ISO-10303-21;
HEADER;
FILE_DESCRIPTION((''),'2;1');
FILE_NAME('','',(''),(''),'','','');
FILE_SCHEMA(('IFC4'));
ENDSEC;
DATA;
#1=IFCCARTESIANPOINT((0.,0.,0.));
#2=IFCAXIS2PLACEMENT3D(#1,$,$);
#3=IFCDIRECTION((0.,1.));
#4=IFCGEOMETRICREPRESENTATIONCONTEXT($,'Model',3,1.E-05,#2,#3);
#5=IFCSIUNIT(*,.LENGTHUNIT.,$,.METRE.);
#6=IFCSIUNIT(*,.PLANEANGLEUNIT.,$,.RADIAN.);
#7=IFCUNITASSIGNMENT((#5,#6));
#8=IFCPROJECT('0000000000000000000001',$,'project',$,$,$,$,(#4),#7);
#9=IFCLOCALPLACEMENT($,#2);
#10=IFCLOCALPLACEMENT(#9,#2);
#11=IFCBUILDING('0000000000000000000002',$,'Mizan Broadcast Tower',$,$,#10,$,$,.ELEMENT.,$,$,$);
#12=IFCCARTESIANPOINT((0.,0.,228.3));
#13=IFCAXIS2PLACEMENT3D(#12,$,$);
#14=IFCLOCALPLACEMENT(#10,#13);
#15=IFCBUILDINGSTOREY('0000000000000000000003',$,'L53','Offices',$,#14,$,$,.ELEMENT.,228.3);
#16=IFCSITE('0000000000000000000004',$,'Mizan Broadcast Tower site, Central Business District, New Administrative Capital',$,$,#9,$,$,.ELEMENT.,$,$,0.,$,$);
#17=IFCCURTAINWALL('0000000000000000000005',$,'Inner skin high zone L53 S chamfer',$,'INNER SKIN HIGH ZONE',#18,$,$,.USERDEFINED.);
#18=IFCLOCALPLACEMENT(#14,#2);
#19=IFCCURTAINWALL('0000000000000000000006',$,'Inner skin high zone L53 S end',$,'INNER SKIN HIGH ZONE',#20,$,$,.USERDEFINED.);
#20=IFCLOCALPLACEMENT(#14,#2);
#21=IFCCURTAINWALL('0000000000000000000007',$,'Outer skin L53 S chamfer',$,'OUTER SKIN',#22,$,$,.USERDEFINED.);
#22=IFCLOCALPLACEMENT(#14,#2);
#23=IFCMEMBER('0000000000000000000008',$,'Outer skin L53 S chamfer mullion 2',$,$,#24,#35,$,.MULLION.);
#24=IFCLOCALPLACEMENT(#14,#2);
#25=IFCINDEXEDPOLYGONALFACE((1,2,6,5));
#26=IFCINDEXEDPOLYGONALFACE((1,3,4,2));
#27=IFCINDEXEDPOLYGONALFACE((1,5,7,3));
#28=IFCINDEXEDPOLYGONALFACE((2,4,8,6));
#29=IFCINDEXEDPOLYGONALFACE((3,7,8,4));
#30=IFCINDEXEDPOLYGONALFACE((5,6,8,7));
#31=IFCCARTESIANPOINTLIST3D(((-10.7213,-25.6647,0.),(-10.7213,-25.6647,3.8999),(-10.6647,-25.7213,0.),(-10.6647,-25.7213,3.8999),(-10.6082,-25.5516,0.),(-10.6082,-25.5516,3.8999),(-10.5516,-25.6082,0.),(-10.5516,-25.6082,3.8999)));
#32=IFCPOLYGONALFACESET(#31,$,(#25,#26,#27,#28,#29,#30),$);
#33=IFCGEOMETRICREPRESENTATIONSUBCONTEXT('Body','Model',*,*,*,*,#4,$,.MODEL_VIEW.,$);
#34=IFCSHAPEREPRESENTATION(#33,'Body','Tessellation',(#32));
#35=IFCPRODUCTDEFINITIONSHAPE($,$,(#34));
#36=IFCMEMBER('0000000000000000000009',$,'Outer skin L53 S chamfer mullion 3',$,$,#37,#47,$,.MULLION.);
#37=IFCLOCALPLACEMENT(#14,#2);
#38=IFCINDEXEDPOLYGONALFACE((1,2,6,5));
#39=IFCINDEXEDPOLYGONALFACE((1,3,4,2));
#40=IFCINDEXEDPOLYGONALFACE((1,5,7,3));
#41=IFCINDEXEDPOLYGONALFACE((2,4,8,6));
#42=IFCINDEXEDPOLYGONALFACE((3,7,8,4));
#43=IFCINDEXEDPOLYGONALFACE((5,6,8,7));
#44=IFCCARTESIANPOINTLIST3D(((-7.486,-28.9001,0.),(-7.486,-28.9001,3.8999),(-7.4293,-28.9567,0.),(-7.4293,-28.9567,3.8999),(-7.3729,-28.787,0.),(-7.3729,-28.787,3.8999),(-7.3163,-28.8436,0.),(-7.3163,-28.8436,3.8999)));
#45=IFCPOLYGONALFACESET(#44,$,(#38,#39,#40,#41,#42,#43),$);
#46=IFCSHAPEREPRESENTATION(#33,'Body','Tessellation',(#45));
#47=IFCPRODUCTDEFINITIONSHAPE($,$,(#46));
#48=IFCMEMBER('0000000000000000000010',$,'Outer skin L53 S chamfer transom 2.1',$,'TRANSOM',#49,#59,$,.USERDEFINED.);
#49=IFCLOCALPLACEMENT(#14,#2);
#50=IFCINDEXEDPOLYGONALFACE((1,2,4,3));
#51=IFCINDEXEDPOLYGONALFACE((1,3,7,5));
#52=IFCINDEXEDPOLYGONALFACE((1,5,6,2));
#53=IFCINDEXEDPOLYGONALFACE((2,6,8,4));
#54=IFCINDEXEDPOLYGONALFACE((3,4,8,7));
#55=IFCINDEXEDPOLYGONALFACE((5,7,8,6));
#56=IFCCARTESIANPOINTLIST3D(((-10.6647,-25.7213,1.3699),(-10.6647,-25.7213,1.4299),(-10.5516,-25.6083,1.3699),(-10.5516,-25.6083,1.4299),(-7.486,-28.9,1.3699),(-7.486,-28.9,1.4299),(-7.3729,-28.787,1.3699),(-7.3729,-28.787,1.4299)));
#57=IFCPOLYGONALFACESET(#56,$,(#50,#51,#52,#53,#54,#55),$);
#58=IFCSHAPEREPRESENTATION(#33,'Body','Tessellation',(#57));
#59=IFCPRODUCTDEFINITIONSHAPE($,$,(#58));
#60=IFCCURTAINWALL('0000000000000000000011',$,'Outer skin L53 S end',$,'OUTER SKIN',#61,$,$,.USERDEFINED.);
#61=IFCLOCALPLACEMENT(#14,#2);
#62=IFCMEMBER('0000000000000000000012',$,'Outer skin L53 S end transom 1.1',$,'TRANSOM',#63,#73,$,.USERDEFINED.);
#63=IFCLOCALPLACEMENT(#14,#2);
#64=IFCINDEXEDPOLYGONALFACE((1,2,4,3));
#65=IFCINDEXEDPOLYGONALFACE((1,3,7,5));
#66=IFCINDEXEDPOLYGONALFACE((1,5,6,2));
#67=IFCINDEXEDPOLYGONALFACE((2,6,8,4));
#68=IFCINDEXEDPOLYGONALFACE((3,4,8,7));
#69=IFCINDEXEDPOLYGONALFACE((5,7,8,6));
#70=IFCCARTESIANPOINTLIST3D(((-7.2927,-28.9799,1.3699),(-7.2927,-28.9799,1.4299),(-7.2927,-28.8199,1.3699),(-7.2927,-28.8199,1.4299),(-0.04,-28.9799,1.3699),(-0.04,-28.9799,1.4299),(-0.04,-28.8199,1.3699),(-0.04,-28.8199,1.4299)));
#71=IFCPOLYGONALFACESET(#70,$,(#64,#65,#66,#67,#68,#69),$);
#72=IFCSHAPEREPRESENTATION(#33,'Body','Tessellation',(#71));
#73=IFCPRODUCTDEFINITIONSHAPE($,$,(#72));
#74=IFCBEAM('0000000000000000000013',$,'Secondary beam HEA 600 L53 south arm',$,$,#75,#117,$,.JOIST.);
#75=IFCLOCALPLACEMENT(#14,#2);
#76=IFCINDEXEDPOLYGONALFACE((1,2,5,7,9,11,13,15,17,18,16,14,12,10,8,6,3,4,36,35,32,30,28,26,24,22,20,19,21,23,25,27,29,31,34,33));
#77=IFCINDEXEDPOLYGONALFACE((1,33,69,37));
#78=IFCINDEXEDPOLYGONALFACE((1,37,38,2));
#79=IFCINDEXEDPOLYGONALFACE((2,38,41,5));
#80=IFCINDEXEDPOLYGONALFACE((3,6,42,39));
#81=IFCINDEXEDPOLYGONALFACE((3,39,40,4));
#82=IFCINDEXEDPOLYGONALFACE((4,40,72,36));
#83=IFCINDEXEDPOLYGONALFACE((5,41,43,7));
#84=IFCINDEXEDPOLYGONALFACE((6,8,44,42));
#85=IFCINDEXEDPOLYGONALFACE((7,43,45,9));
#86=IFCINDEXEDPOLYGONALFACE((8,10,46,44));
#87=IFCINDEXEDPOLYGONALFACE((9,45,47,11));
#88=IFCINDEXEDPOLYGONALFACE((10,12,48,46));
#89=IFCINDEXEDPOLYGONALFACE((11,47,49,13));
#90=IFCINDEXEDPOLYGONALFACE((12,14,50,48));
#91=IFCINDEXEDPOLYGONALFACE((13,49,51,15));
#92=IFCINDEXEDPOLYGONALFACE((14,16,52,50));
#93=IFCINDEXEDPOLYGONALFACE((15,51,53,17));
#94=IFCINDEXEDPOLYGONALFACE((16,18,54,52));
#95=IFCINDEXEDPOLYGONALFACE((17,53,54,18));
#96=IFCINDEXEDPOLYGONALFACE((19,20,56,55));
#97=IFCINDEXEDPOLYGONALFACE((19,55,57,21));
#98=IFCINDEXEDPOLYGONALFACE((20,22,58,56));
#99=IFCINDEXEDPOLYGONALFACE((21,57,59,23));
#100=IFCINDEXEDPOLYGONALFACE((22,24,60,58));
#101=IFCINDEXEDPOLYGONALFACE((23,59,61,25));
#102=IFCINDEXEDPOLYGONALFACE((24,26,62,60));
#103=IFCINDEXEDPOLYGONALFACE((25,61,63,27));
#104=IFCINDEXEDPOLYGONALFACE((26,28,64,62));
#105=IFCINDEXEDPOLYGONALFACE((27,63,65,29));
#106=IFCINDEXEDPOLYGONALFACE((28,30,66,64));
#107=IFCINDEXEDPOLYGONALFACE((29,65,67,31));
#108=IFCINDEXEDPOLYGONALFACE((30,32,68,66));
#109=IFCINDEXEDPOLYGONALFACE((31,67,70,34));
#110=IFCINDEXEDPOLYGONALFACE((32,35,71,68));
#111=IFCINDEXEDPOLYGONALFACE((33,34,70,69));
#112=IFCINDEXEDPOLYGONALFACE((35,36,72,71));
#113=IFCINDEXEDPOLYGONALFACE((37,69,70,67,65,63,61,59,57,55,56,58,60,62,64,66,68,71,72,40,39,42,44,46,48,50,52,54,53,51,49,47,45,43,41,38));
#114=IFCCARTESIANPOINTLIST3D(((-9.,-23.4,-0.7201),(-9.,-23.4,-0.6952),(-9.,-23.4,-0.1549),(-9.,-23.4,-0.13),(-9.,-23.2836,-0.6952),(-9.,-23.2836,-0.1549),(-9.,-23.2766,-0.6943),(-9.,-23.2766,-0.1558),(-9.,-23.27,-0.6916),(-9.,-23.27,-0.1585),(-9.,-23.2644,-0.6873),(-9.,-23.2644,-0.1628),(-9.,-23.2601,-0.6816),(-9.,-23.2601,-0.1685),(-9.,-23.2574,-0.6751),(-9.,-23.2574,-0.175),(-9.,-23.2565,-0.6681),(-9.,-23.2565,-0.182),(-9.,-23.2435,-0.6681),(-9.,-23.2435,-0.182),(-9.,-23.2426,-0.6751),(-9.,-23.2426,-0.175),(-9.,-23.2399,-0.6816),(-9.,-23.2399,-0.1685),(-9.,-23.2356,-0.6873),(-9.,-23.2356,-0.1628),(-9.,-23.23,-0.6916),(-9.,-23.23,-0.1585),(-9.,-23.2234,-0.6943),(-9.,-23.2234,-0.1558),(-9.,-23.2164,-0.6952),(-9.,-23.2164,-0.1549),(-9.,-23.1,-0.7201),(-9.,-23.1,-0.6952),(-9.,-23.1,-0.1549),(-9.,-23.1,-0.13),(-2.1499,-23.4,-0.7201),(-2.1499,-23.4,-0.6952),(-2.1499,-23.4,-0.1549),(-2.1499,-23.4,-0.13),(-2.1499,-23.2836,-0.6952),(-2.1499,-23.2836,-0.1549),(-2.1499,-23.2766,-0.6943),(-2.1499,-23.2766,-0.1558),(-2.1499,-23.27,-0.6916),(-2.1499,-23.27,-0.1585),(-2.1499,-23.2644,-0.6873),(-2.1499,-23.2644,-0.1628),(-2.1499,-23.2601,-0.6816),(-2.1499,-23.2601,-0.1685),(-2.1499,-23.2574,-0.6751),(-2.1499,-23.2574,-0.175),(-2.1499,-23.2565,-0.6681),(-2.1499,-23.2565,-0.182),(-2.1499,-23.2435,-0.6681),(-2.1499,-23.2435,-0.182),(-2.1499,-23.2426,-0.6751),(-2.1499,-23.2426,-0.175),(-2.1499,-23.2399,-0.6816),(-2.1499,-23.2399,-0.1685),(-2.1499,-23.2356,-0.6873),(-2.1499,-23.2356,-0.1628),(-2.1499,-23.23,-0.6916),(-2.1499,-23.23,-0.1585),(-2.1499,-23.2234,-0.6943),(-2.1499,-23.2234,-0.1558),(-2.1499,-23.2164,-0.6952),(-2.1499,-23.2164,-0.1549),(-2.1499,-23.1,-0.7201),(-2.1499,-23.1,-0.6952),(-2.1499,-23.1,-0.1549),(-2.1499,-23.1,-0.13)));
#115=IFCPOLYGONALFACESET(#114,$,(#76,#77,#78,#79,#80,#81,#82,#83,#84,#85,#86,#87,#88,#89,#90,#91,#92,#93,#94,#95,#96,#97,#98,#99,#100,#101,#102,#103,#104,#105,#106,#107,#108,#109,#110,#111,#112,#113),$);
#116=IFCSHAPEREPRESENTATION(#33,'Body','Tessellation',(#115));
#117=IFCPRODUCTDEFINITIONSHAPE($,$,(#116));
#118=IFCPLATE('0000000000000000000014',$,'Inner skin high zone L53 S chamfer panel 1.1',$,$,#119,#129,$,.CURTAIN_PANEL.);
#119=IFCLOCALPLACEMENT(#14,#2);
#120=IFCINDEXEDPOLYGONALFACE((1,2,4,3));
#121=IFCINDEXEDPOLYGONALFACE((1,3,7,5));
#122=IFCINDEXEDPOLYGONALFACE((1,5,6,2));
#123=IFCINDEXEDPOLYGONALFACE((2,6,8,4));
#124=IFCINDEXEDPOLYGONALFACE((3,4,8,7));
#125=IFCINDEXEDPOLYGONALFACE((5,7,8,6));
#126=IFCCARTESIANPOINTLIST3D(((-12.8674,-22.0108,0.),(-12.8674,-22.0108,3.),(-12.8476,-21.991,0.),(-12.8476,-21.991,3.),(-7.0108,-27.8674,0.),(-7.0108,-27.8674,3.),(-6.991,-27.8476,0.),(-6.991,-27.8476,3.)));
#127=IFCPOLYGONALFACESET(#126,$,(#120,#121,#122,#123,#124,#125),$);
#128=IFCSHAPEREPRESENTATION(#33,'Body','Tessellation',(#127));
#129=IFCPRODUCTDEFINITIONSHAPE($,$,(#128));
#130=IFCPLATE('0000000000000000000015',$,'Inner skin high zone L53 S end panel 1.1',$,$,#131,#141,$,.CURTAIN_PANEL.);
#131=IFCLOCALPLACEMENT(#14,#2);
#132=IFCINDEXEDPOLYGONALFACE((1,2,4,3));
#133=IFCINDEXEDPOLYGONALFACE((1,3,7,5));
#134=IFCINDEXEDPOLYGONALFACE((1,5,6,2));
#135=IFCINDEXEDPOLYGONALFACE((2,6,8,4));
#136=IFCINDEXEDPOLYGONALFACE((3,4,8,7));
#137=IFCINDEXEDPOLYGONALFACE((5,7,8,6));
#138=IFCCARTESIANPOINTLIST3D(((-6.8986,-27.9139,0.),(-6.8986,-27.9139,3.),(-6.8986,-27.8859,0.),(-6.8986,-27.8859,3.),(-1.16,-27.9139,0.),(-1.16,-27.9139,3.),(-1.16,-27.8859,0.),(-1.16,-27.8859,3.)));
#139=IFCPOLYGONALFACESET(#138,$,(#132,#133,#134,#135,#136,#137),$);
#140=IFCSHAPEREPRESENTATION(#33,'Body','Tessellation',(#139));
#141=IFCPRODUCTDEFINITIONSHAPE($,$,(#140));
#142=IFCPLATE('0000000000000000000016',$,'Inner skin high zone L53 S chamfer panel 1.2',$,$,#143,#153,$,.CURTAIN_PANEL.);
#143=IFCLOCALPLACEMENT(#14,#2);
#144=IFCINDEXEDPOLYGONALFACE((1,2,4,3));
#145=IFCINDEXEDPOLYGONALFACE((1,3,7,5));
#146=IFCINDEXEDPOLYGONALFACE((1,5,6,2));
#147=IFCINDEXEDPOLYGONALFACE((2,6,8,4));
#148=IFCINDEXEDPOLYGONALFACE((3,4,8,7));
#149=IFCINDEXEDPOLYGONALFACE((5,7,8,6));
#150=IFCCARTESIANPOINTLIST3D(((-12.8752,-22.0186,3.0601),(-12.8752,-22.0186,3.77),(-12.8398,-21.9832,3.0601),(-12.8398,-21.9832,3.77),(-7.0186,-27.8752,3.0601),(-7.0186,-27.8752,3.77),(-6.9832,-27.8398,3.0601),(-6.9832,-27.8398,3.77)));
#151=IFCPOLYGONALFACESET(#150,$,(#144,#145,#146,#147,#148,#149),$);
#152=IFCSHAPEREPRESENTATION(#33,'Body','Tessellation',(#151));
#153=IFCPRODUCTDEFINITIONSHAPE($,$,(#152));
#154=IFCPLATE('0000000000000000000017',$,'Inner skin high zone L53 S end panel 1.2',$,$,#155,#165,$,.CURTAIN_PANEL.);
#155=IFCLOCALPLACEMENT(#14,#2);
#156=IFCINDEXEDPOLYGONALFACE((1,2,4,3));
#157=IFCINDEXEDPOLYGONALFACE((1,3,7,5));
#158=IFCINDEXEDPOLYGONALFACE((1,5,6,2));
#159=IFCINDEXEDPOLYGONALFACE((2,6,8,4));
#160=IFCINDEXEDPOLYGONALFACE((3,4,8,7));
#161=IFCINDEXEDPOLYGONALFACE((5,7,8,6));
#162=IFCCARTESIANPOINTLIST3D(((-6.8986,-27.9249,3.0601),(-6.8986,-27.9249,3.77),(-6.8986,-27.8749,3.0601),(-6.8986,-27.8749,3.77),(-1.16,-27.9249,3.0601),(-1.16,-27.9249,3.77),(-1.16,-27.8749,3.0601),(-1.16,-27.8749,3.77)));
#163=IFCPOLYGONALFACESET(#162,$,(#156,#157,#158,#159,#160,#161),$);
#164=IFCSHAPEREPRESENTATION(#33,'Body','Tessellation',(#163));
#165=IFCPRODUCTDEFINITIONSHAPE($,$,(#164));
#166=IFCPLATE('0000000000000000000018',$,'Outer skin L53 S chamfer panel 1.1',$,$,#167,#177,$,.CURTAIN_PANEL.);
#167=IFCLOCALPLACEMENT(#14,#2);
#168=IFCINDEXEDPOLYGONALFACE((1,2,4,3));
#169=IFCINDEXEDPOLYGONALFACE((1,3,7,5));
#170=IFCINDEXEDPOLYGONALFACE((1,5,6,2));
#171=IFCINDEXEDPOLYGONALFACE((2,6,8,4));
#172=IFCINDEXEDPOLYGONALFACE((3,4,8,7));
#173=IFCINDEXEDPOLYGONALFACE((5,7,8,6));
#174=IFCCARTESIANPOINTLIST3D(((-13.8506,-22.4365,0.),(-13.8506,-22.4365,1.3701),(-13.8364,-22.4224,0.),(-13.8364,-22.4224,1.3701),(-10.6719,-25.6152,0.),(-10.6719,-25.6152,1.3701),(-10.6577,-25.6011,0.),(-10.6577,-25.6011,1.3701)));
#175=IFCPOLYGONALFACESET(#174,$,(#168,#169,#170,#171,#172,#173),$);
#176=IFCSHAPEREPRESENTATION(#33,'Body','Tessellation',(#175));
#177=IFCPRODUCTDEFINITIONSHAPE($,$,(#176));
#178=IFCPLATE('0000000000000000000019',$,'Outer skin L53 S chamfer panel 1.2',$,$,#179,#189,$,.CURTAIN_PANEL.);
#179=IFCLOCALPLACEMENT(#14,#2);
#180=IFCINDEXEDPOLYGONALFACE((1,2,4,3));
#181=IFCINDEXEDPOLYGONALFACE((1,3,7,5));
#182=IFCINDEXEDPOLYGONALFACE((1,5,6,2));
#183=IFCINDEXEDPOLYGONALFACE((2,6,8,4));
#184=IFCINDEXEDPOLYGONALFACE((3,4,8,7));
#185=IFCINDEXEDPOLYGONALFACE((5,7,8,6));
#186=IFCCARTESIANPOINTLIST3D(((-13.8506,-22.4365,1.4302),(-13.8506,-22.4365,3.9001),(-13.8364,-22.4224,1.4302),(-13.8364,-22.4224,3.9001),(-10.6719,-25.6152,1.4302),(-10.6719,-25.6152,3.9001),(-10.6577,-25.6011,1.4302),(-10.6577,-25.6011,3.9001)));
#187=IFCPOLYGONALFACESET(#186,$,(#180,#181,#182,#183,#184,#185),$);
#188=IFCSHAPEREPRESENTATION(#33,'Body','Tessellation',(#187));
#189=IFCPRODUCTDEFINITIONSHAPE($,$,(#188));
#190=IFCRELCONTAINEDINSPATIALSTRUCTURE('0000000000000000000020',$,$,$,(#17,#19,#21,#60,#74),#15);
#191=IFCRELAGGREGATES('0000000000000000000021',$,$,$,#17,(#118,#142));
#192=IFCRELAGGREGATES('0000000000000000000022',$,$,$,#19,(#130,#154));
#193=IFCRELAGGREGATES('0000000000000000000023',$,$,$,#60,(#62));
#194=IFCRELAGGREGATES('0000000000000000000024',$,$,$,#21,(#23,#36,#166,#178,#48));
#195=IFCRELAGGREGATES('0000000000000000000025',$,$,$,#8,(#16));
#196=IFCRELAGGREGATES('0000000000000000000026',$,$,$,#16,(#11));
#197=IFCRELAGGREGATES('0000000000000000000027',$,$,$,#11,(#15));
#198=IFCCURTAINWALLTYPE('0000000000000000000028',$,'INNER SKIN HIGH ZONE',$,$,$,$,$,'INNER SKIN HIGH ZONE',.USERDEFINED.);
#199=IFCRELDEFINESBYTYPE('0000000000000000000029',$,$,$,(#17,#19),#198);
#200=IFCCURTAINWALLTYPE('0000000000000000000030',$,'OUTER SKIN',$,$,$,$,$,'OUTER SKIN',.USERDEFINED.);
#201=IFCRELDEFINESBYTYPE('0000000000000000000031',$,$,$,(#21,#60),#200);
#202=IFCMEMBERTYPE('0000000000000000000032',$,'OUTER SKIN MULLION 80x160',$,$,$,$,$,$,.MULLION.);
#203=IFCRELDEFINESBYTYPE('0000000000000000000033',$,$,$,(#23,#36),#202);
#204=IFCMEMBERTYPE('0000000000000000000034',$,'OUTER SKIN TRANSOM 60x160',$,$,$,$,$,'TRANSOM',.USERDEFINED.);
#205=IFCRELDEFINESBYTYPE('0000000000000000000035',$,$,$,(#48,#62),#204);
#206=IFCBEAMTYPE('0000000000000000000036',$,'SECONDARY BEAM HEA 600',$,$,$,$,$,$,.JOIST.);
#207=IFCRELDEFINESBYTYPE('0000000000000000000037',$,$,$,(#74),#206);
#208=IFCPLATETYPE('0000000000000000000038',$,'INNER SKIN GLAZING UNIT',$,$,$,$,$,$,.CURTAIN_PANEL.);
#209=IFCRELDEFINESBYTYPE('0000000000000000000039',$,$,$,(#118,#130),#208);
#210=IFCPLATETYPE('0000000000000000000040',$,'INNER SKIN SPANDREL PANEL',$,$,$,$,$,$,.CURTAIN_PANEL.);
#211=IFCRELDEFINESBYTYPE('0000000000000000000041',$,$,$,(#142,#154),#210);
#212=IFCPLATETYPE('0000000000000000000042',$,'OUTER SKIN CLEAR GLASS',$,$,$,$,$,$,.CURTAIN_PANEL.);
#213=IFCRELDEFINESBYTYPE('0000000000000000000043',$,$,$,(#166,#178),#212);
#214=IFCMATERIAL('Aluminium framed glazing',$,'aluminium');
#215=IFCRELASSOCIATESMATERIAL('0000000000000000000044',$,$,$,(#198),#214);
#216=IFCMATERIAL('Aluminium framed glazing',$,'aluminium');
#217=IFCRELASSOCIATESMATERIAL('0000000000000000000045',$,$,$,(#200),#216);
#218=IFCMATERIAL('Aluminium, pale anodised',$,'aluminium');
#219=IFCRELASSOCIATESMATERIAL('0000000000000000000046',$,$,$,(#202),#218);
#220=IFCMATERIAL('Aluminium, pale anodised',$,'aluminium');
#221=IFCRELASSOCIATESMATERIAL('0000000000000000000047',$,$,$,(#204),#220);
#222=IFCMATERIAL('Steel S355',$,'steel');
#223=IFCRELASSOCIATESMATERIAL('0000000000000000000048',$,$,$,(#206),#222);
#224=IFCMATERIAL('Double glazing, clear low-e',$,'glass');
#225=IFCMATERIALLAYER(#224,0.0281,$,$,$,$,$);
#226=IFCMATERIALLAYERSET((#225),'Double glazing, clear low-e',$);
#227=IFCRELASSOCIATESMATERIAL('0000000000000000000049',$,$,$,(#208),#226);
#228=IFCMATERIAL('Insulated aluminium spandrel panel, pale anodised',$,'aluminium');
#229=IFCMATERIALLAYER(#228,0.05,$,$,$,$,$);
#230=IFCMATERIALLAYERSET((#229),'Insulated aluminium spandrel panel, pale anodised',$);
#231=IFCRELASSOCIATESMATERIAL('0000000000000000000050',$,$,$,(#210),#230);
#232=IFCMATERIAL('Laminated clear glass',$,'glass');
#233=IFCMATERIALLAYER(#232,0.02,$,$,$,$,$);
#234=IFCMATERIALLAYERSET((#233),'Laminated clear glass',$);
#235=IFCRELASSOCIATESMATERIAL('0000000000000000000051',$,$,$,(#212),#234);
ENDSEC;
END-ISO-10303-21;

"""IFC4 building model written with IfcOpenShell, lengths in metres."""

from ifc_helpers import new_model, si_unit, direction, frame, origin, origin_2d, place, context, subcontext, project, spatial, rectangle, i_section, extrude, material, layer, layer_set, material_profile, profile_set, type_object, element, aggregate, save


model = new_model("IFC4")

# Units and contexts
model_context = context("Model", 3, precision=1e-05, world=origin(), true_north=direction((0.0, 1.0)))
body_context = subcontext(model_context, "Body", "Model", "MODEL_VIEW")
ifc_project = project(units=[si_unit("LENGTHUNIT", "METRE"), si_unit("PLANEANGLEUNIT", "RADIAN")], contexts=[model_context])

# Site, building, storey
site_placement = place(None, origin())
site = spatial("IfcSite", under=ifc_project, at=site_placement, Name="Mizan Broadcast Tower site, Central Business District, New Administrative Capital", CompositionType="ELEMENT", RefElevation=0.0)
building_placement = place(site_placement, origin())
building = spatial("IfcBuilding", under=site, at=building_placement, Name="Mizan Broadcast Tower", CompositionType="ELEMENT")
storey_placement = place(building_placement, frame((0.0, 0.0, 228.3)))
storey = spatial("IfcBuildingStorey", under=building, at=storey_placement, Name="L53", Description="Offices", CompositionType="ELEMENT", Elevation=228.3)

# Curtain walls
ifc_material_1 = material(Name="Aluminium framed glazing", Category="aluminium")
curtain_wall_type_1 = type_object("IfcCurtainWallType", Name="INNER SKIN HIGH ZONE", ElementType="INNER SKIN HIGH ZONE", PredefinedType="USERDEFINED", material=ifc_material_1)
curtain_wall_1_placement = place(storey_placement, origin())
curtain_wall_1 = element("IfcCurtainWall", 1, at=curtain_wall_1_placement, inside=storey, type_object=curtain_wall_type_1, Name="Inner skin high zone L53 S chamfer", ObjectType="INNER SKIN HIGH ZONE", PredefinedType="USERDEFINED")
curtain_wall_2_placement = place(storey_placement, origin())
curtain_wall_2 = element("IfcCurtainWall", 2, at=curtain_wall_2_placement, inside=storey, type_object=curtain_wall_type_1, Name="Inner skin high zone L53 S end", ObjectType="INNER SKIN HIGH ZONE", PredefinedType="USERDEFINED")

# Curtain wall, members
ifc_material_2 = material(Name="Aluminium framed glazing", Category="aluminium")
curtain_wall_type_2 = type_object("IfcCurtainWallType", Name="OUTER SKIN", ElementType="OUTER SKIN", PredefinedType="USERDEFINED", material=ifc_material_2)
curtain_wall_3_placement = place(storey_placement, origin())
curtain_wall_3 = element("IfcCurtainWall", 3, at=curtain_wall_3_placement, inside=storey, type_object=curtain_wall_type_2, Name="Outer skin L53 S chamfer", ObjectType="OUTER SKIN", PredefinedType="USERDEFINED")
ifc_material_3 = material(Name="Aluminium, pale anodised", Category="aluminium")
ifc_material_profile_1 = material_profile(ifc_material_3, rectangle(XDim=0.1599, YDim=0.0801, at=origin_2d()), Name="MULLION 160x80")
ifc_profile_set_1 = profile_set([ifc_material_profile_1], Name="Aluminium, pale anodised")
member_type_1 = type_object("IfcMemberType", Name="OUTER SKIN MULLION 80x160", PredefinedType="MULLION", material=ifc_profile_set_1)
member_1_placement = place(storey_placement, frame((-10.6365, -25.6365, 0.0), z_axis=(0.0, 0.0, 1.0), x_axis=(0.707107, 0.707107, 0.0)))
member_1 = element("IfcMember", 4, at=member_1_placement, type_object=member_type_1, Name="Outer skin L53 S chamfer mullion 2", PredefinedType="MULLION", context=body_context, shape_type="SweptSolid", body=[
    extrude(rectangle(XDim=0.1599, YDim=0.0801, at=origin_2d()), origin(), (0.0, 0.0, 1.0), 3.8999),
])
member_2_placement = place(storey_placement, frame((-7.4011, -28.8718, 0.0), z_axis=(0.0, 0.0, 1.0), x_axis=(0.707107, 0.707107, 0.0)))
member_2 = element("IfcMember", 5, at=member_2_placement, type_object=member_type_1, Name="Outer skin L53 S chamfer mullion 3", PredefinedType="MULLION", context=body_context, shape_type="SweptSolid", body=[
    extrude(rectangle(XDim=0.1599, YDim=0.0801, at=origin_2d()), origin(), (0.0, 0.0, 1.0), 3.8999),
])
ifc_material_4 = material(Name="Aluminium, pale anodised", Category="aluminium")
ifc_material_profile_2 = material_profile(ifc_material_4, rectangle(XDim=0.1599, YDim=0.0601, at=origin_2d()), Name="TRANSOM 160x60")
ifc_profile_set_2 = profile_set([ifc_material_profile_2], Name="Aluminium, pale anodised")
member_type_2 = type_object("IfcMemberType", Name="OUTER SKIN TRANSOM 60x160", ElementType="TRANSOM", PredefinedType="USERDEFINED", material=ifc_profile_set_2)
member_3_placement = place(storey_placement, frame((-10.6082, -25.6648, 1.3999), z_axis=(0.707107, -0.707107, 0.0), x_axis=(0.707107, 0.707107, 0.0)))
member_3 = element("IfcMember", 6, at=member_3_placement, type_object=member_type_2, Name="Outer skin L53 S chamfer transom 2.1", ObjectType="TRANSOM", PredefinedType="USERDEFINED", context=body_context, shape_type="SweptSolid", body=[
    extrude(rectangle(XDim=0.1599, YDim=0.0601, at=origin_2d()), origin(), (0.0, 0.0, 1.0), 4.4954),
])

# Curtain wall, member
curtain_wall_4_placement = place(storey_placement, origin())
curtain_wall_4 = element("IfcCurtainWall", 7, at=curtain_wall_4_placement, inside=storey, type_object=curtain_wall_type_2, Name="Outer skin L53 S end", ObjectType="OUTER SKIN", PredefinedType="USERDEFINED")
member_4_placement = place(storey_placement, frame((-7.2927, -28.8999, 1.3999), z_axis=(1.0, 0.0, 0.0), x_axis=(0.0, 1.0, 0.0)))
member_4 = element("IfcMember", 8, at=member_4_placement, type_object=member_type_2, Name="Outer skin L53 S end transom 1.1", ObjectType="TRANSOM", PredefinedType="USERDEFINED", context=body_context, shape_type="SweptSolid", body=[
    extrude(rectangle(XDim=0.1599, YDim=0.0601, at=origin_2d()), origin(), (0.0, 0.0, 1.0), 7.2527),
])

# Beam
ifc_material_5 = material(Name="Steel S355", Category="steel")
ifc_material_profile_3 = material_profile(ifc_material_5, i_section(OverallWidth=0.3, OverallDepth=0.5901, WebThickness=0.0129, FlangeThickness=0.0249, FilletRadius=0.0271, at=origin_2d()), Name="HEA 600")
ifc_profile_set_3 = profile_set([ifc_material_profile_3], Name="Steel S355")
beam_type_1 = type_object("IfcBeamType", Name="SECONDARY BEAM HEA 600", PredefinedType="JOIST", material=ifc_profile_set_3)
beam_1_placement = place(storey_placement, frame((-9.0, -23.25, -0.425), z_axis=(1.0, 0.0, 0.0), x_axis=(0.0, 1.0, 0.0)))
element("IfcBeam", 9, at=beam_1_placement, inside=storey, type_object=beam_type_1, Name="Secondary beam HEA 600 L53 south arm", PredefinedType="JOIST", context=body_context, shape_type="SweptSolid", body=[
    extrude(i_section(OverallWidth=0.3, OverallDepth=0.5901, WebThickness=0.0129, FlangeThickness=0.0249, FilletRadius=0.0271, at=origin_2d()), origin(), (0.0, 0.0, 1.0), 6.8501),
])

# Plates
ifc_material_6 = material(Name="Double glazing, clear low-e", Category="glass")
ifc_layer_1 = layer(ifc_material_6, 0.0281)
ifc_layer_set_1 = layer_set([ifc_layer_1], Name="Double glazing, clear low-e")
plate_type_1 = type_object("IfcPlateType", Name="INNER SKIN GLAZING UNIT", PredefinedType="CURTAIN_PANEL", material=ifc_layer_set_1)
plate_1_placement = place(storey_placement, frame((-9.9292, -24.9292, 0.0), z_axis=(0.0, 0.0, 1.0), x_axis=(0.707107, -0.707107, 0.0)))
plate_1 = element("IfcPlate", 10, at=plate_1_placement, type_object=plate_type_1, Name="Inner skin high zone L53 S chamfer panel 1.1", PredefinedType="CURTAIN_PANEL", context=body_context, shape_type="SweptSolid", body=[
    extrude(rectangle(XDim=8.2825, YDim=0.0281, at=origin_2d()), origin(), (0.0, 0.0, 1.0), 3.0),
])
plate_2_placement = place(storey_placement, frame((-4.0293, -27.8999, 0.0), z_axis=(0.0, 0.0, 1.0), x_axis=(1.0, 0.0, 0.0)))
plate_2 = element("IfcPlate", 11, at=plate_2_placement, type_object=plate_type_1, Name="Inner skin high zone L53 S end panel 1.1", PredefinedType="CURTAIN_PANEL", context=body_context, shape_type="SweptSolid", body=[
    extrude(rectangle(XDim=5.7385, YDim=0.0281, at=origin_2d()), origin(), (0.0, 0.0, 1.0), 3.0),
])
ifc_material_7 = material(Name="Insulated aluminium spandrel panel, pale anodised", Category="aluminium")
ifc_layer_2 = layer(ifc_material_7, 0.05)
ifc_layer_set_2 = layer_set([ifc_layer_2], Name="Insulated aluminium spandrel panel, pale anodised")
plate_type_2 = type_object("IfcPlateType", Name="INNER SKIN SPANDREL PANEL", PredefinedType="CURTAIN_PANEL", material=ifc_layer_set_2)
plate_3_placement = place(storey_placement, frame((-9.9292, -24.9292, 3.0601), z_axis=(0.0, 0.0, 1.0), x_axis=(0.707107, -0.707107, 0.0)))
plate_3 = element("IfcPlate", 12, at=plate_3_placement, type_object=plate_type_2, Name="Inner skin high zone L53 S chamfer panel 1.2", PredefinedType="CURTAIN_PANEL", context=body_context, shape_type="SweptSolid", body=[
    extrude(rectangle(XDim=8.2825, YDim=0.05, at=origin_2d()), origin(), (0.0, 0.0, 1.0), 0.71),
])
aggregate(curtain_wall_1, [plate_1, plate_3])
plate_4_placement = place(storey_placement, frame((-4.0293, -27.8999, 3.0601), z_axis=(0.0, 0.0, 1.0), x_axis=(1.0, 0.0, 0.0)))
plate_4 = element("IfcPlate", 13, at=plate_4_placement, type_object=plate_type_2, Name="Inner skin high zone L53 S end panel 1.2", PredefinedType="CURTAIN_PANEL", context=body_context, shape_type="SweptSolid", body=[
    extrude(rectangle(XDim=5.7385, YDim=0.05, at=origin_2d()), origin(), (0.0, 0.0, 1.0), 0.71),
])
aggregate(curtain_wall_2, [plate_2, plate_4])
ifc_material_8 = material(Name="Laminated clear glass", Category="glass")
ifc_layer_3 = layer(ifc_material_8, 0.02)
ifc_layer_set_3 = layer_set([ifc_layer_3], Name="Laminated clear glass")
plate_type_3 = type_object("IfcPlateType", Name="OUTER SKIN CLEAR GLASS", PredefinedType="CURTAIN_PANEL", material=ifc_layer_set_3)
plate_5_placement = place(storey_placement, frame((-12.2542, -24.0188, 0.0), z_axis=(0.0, 0.0, 1.0), x_axis=(0.707107, -0.707107, 0.0)))
plate_5 = element("IfcPlate", 14, at=plate_5_placement, type_object=plate_type_3, Name="Outer skin L53 S chamfer panel 1.1", PredefinedType="CURTAIN_PANEL", context=body_context, shape_type="SweptSolid", body=[
    extrude(rectangle(XDim=4.4954, YDim=0.02, at=origin_2d()), origin(), (0.0, 0.0, 1.0), 1.3701),
])
plate_6_placement = place(storey_placement, frame((-12.2542, -24.0188, 1.4302), z_axis=(0.0, 0.0, 1.0), x_axis=(0.707107, -0.707107, 0.0)))
plate_6 = element("IfcPlate", 15, at=plate_6_placement, type_object=plate_type_3, Name="Outer skin L53 S chamfer panel 1.2", PredefinedType="CURTAIN_PANEL", context=body_context, shape_type="SweptSolid", body=[
    extrude(rectangle(XDim=4.4954, YDim=0.02, at=origin_2d()), origin(), (0.0, 0.0, 1.0), 2.47),
])
aggregate(curtain_wall_4, [member_4])
aggregate(curtain_wall_3, [member_1, member_2, plate_5, plate_6, member_3])

save(model, "model.ifc")
